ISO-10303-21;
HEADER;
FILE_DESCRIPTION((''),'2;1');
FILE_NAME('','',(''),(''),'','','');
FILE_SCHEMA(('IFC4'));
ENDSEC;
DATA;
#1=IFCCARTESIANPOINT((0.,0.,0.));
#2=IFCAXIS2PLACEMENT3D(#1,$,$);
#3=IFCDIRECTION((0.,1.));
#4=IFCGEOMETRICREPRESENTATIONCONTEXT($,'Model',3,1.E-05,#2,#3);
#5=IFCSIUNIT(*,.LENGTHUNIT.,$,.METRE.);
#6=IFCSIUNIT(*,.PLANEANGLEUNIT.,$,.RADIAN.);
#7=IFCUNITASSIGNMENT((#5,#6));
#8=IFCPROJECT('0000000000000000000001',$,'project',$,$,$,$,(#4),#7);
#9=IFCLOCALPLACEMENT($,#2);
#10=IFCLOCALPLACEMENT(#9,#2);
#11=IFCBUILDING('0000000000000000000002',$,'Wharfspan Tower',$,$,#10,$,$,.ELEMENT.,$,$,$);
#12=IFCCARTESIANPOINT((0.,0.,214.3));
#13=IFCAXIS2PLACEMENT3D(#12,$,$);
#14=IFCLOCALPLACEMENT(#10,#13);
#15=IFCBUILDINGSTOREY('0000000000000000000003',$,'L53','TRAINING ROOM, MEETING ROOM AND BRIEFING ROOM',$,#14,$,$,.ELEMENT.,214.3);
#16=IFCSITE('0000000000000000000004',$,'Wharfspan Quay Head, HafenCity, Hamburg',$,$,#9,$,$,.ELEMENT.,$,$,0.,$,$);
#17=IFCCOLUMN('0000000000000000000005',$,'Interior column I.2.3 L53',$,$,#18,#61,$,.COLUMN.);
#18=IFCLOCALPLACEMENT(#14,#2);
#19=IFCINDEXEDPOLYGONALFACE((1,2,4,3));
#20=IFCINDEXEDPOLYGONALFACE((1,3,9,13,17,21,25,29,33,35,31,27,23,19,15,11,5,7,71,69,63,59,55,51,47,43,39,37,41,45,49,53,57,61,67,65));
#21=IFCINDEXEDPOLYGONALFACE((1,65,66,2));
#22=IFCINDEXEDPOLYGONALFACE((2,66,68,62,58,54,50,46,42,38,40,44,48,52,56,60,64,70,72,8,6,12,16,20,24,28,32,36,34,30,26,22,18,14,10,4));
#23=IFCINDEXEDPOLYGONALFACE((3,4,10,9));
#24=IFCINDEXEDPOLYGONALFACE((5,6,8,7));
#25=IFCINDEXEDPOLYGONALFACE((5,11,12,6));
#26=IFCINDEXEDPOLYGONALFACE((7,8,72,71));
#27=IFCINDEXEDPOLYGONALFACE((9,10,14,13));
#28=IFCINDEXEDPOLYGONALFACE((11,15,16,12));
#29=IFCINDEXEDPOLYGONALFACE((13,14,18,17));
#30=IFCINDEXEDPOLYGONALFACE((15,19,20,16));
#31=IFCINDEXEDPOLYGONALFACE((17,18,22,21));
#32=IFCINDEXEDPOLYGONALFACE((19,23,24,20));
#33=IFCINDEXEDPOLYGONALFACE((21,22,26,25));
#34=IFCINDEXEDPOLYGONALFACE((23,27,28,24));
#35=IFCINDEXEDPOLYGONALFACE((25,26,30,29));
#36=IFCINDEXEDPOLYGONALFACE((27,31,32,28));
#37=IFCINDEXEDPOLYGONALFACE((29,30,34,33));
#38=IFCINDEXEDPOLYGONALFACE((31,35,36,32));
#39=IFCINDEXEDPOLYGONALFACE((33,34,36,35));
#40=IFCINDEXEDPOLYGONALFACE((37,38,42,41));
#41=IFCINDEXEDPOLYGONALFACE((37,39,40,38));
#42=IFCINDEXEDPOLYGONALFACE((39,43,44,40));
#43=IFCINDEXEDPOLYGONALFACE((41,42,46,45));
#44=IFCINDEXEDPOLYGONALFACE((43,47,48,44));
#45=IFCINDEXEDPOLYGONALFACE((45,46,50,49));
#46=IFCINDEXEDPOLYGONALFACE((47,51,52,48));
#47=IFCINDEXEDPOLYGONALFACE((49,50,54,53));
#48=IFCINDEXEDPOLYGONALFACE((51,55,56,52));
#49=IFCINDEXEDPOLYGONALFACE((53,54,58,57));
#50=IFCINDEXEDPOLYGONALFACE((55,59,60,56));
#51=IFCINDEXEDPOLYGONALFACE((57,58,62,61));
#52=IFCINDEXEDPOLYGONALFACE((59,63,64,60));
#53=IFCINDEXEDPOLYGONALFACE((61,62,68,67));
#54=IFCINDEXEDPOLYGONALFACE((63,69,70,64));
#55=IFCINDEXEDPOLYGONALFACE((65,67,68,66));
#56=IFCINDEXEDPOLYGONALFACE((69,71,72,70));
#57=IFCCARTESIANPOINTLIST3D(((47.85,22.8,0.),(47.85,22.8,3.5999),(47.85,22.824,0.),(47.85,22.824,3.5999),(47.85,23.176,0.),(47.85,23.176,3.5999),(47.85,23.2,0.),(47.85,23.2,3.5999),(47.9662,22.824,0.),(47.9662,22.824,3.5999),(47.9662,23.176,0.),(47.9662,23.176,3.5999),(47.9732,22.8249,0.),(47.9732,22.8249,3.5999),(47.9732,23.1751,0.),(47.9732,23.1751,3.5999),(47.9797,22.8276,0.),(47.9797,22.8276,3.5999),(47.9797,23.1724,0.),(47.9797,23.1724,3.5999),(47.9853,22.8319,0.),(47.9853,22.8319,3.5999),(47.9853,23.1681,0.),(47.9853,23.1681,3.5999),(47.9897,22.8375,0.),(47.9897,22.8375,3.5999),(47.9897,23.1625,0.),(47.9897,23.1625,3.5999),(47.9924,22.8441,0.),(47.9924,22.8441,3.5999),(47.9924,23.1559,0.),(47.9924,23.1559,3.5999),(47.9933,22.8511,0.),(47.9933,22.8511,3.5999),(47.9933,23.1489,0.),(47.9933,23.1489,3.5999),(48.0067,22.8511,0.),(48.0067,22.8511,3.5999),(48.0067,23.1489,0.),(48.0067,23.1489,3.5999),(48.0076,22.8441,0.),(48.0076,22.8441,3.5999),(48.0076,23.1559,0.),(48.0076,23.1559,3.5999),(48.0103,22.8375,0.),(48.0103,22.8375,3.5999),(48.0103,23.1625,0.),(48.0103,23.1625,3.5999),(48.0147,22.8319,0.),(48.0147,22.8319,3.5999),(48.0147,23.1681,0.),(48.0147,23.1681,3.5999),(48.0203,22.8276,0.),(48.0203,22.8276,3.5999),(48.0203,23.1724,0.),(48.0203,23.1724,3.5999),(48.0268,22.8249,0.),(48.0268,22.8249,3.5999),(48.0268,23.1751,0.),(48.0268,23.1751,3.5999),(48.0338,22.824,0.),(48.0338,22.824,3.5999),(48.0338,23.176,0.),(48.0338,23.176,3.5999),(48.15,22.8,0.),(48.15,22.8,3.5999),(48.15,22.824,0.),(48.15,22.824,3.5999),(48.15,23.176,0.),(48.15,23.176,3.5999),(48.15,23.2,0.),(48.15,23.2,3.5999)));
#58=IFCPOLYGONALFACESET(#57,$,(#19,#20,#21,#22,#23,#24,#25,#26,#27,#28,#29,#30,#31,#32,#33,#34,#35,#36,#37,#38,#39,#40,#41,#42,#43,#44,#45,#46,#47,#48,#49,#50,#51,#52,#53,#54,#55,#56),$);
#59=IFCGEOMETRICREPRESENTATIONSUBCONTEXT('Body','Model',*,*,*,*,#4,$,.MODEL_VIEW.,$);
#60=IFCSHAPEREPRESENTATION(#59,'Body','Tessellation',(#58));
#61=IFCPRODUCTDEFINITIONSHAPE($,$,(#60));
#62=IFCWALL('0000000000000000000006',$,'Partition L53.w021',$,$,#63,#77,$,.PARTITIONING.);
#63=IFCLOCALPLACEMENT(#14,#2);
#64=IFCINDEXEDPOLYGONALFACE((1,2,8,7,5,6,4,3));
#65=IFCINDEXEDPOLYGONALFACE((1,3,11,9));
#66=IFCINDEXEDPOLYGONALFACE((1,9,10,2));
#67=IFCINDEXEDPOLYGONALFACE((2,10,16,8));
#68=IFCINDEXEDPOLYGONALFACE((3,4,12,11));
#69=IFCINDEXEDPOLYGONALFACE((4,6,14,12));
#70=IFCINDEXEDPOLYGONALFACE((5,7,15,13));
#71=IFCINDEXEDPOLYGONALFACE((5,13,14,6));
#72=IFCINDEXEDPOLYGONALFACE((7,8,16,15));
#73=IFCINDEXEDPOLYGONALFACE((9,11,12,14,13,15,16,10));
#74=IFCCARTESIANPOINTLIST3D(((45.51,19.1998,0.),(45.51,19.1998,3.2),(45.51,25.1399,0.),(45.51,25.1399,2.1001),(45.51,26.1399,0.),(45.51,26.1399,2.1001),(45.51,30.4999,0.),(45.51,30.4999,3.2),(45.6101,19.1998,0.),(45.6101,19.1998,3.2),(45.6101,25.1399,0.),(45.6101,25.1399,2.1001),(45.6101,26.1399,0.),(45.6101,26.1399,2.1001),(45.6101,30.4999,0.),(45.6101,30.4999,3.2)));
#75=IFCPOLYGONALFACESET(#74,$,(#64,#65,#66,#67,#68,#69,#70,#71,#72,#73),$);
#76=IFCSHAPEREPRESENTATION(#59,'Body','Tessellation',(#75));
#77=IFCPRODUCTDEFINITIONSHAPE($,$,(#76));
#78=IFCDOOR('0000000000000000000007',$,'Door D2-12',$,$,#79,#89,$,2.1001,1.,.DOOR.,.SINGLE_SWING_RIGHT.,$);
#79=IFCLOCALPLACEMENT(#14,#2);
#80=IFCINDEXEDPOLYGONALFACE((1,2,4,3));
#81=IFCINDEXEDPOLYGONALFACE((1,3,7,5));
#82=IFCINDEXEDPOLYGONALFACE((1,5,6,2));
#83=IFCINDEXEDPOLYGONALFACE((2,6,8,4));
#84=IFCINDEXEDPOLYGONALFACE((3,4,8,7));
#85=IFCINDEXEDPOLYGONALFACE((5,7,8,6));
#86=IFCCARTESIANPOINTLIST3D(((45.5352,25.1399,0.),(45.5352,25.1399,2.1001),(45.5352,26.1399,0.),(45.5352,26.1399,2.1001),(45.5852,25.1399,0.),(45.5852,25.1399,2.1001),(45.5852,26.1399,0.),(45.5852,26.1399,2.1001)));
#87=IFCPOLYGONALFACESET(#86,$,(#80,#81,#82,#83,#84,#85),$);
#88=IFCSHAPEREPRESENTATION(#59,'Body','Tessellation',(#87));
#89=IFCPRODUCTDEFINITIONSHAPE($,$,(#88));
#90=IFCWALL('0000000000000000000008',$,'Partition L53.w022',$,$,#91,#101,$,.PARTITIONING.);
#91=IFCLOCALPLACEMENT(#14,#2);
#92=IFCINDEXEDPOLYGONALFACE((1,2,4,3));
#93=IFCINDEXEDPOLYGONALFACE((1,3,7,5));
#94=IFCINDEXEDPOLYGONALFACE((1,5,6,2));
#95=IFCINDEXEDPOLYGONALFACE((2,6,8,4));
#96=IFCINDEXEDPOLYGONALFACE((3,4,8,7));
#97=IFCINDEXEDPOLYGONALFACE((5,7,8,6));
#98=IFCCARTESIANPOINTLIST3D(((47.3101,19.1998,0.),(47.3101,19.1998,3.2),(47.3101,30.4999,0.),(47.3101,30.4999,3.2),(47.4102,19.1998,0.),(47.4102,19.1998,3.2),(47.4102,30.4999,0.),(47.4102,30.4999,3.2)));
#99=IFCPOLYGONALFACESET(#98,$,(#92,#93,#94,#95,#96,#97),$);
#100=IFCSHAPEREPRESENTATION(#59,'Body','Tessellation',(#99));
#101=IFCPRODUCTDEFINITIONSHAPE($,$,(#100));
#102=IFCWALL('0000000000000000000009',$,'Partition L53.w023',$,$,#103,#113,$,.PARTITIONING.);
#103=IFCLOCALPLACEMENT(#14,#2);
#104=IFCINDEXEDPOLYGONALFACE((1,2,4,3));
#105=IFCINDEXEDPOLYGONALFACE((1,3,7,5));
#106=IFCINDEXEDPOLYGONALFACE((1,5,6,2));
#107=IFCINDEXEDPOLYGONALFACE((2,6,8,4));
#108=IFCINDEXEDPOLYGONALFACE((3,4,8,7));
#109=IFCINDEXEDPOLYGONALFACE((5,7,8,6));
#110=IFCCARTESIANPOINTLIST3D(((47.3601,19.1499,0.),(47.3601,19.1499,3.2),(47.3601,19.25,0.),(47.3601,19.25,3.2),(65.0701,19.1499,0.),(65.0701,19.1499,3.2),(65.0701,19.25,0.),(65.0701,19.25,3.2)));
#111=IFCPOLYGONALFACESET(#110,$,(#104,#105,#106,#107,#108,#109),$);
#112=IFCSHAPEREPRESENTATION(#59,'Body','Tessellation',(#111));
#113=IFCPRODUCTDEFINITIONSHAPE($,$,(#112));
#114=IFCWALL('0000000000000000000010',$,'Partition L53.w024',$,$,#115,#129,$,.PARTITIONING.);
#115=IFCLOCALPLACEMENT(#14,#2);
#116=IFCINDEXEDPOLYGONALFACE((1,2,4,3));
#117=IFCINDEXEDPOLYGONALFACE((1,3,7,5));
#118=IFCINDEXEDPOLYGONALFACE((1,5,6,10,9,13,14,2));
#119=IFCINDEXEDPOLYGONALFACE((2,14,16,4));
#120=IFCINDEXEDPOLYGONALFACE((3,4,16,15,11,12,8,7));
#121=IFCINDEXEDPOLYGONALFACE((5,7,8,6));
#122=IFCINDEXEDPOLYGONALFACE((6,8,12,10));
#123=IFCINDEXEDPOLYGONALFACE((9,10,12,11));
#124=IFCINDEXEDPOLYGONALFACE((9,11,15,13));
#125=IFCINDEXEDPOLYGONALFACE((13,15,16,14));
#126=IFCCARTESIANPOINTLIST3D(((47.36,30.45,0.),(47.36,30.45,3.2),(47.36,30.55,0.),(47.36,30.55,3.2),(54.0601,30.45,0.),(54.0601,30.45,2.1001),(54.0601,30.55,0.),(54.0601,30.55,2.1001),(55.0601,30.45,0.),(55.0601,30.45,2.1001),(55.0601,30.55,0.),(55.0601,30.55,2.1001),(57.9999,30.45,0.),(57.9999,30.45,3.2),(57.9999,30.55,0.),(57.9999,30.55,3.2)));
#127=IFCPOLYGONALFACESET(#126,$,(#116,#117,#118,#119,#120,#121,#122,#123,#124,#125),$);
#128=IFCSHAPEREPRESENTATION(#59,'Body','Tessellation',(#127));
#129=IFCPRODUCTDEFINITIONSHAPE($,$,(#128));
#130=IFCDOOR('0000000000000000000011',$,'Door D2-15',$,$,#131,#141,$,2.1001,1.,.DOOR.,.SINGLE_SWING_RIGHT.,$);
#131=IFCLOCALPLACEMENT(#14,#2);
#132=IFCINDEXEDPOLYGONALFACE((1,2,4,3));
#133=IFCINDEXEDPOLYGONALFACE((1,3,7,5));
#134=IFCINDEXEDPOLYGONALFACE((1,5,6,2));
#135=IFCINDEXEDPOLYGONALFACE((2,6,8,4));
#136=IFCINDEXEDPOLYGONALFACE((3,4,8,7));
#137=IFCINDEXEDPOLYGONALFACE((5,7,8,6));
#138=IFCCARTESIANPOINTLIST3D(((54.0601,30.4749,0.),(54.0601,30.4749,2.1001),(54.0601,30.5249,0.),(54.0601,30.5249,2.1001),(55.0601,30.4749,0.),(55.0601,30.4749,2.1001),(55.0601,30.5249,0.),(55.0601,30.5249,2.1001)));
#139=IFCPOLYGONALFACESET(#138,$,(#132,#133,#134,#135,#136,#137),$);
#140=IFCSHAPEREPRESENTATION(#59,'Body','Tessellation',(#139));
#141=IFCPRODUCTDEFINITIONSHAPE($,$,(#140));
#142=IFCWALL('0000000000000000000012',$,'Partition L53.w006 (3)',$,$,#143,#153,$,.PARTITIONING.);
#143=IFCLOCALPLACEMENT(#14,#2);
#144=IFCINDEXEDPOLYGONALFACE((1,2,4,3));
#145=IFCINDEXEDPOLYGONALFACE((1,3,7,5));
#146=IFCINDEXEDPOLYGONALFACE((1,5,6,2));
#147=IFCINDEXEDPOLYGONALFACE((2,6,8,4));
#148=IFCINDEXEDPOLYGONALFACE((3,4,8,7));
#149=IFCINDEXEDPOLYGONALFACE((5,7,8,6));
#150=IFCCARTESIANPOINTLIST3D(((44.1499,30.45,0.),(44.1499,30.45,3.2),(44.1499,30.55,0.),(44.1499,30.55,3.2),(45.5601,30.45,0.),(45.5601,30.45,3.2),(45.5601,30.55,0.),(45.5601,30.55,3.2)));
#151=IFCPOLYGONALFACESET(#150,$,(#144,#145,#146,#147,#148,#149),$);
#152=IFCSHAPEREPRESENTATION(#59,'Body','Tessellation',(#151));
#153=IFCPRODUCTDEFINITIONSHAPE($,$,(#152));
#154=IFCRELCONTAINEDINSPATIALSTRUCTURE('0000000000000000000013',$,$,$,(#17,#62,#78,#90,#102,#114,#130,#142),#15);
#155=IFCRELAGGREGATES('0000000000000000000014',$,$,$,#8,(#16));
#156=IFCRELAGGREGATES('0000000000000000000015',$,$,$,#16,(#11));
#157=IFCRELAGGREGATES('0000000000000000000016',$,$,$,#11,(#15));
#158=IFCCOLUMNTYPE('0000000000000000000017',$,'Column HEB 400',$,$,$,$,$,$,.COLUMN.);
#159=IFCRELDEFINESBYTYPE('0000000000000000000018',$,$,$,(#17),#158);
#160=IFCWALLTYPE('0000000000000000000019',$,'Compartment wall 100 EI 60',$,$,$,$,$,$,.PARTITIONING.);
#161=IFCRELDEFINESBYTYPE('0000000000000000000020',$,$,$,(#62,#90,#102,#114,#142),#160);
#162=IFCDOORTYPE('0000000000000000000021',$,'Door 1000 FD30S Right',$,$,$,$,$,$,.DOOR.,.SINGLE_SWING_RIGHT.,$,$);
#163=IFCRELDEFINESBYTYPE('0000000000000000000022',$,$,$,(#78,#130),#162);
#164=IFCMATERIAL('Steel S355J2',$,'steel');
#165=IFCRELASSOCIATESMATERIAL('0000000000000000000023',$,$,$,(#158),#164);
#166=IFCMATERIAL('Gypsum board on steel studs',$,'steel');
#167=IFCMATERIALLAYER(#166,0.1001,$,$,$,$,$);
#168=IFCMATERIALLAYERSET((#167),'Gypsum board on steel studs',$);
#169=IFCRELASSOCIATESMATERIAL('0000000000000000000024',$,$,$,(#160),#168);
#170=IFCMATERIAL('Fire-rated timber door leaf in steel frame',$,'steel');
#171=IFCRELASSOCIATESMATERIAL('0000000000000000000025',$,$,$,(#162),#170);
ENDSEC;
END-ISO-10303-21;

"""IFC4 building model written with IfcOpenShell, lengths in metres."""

from ifc_helpers import new_model, si_unit, direction, frame, frame_2d, origin, origin_2d, place, context, subcontext, project, spatial, rectangle, i_section, extrude, material, layer, layer_set, material_profile, profile_set, type_object, element, fill, save


model = new_model("IFC4")

# Units and contexts
model_context = context("Model", 3, precision=1e-05, world=origin(), true_north=direction((0.0, 1.0)))
body_context = subcontext(model_context, "Body", "Model", "MODEL_VIEW")
ifc_project = project(units=[si_unit("LENGTHUNIT", "METRE"), si_unit("PLANEANGLEUNIT", "RADIAN")], contexts=[model_context])

# Site, building, storey
site_placement = place(None, origin())
site = spatial("IfcSite", under=ifc_project, at=site_placement, Name="Wharfspan Quay Head, HafenCity, Hamburg", CompositionType="ELEMENT", RefElevation=0.0)
building_placement = place(site_placement, origin())
building = spatial("IfcBuilding", under=site, at=building_placement, Name="Wharfspan Tower", CompositionType="ELEMENT")
storey_placement = place(building_placement, frame((0.0, 0.0, 214.3)))
storey = spatial("IfcBuildingStorey", under=building, at=storey_placement, Name="L53", Description="TRAINING ROOM, MEETING ROOM AND BRIEFING ROOM", CompositionType="ELEMENT", Elevation=214.3)

# Column
ifc_material_1 = material(Name="Steel S355J2", Category="steel")
ifc_material_profile = material_profile(ifc_material_1, i_section(OverallWidth=0.3, OverallDepth=0.3999, WebThickness=0.0134, FlangeThickness=0.0239, FilletRadius=0.0271, at=origin_2d()))
ifc_profile_set = profile_set([ifc_material_profile], Name="Steel S355J2")
column_type = type_object("IfcColumnType", Name="Column HEB 400", PredefinedType="COLUMN", material=ifc_profile_set)
column_placement = place(storey_placement, frame((48.0, 23.0, 0.0), z_axis=(0.0, 0.0, 1.0), x_axis=(1.0, 0.0, 0.0)))
element("IfcColumn", 1, at=column_placement, inside=storey, type_object=column_type, Name="Interior column I.2.3 L53", PredefinedType="COLUMN", context=body_context, shape_type="SweptSolid", body=[
    extrude(i_section(OverallWidth=0.3, OverallDepth=0.3999, WebThickness=0.0134, FlangeThickness=0.0239, FilletRadius=0.0271, at=origin_2d()), origin(), (0.0, 0.0, 1.0), 3.5999),
])

# Wall, opening, door
ifc_material_2 = material(Name="Gypsum board on steel studs", Category="steel")
ifc_layer_1 = layer(ifc_material_2, 0.1001)
ifc_layer_set_1 = layer_set([ifc_layer_1], Name="Gypsum board on steel studs")
wall_type_1 = type_object("IfcWallType", Name="Compartment wall 100 EI 60", PredefinedType="PARTITIONING", material=ifc_layer_set_1)
wall_1_placement = place(storey_placement, frame((45.5601, 19.2, 0.0), z_axis=(0.0, 0.0, 1.0), x_axis=(0.0, 1.0, 0.0)))
wall_1 = element("IfcWall", 2, at=wall_1_placement, inside=storey, type_object=wall_type_1, Name="Partition L53.w021", PredefinedType="PARTITIONING", context=body_context, shape_type="SweptSolid", body=[
    extrude(rectangle(XDim=11.3, YDim=0.1001, at=frame_2d((5.6499, 0.0))), origin(), (0.0, 0.0, 1.0), 3.2),
])
opening_1_placement = place(wall_1_placement, frame((5.9399, 0.0, 0.0)))
opening_1 = element("IfcOpeningElement", 3, at=opening_1_placement, cuts=wall_1, PredefinedType="OPENING", context=body_context, shape_type="SweptSolid", body=[
    extrude(rectangle(XDim=1.0, YDim=2.1001, at=frame_2d((0.5, 1.05))), frame((0.0, 0.0601, 0.0), z_axis=(0.0, -1.0, 0.0), x_axis=(1.0, 0.0, 0.0)), (0.0, 0.0, 1.0), 0.1201),
])
ifc_material_3 = material(Name="Fire-rated timber door leaf in steel frame", Category="steel")
door_type_1 = type_object("IfcDoorType", Name="Door 1000 FD30S Right", OperationType="SINGLE_SWING_RIGHT", PredefinedType="DOOR", material=ifc_material_3)
door_1_placement = place(opening_1_placement, origin())
door_1 = element("IfcDoor", 4, at=door_1_placement, inside=storey, type_object=door_type_1, Name="Door D2-12", OperationType="SINGLE_SWING_RIGHT", OverallHeight=2.1001, OverallWidth=1.0, PredefinedType="DOOR", context=body_context, shape_type="SweptSolid", body=[
    extrude(rectangle(XDim=1.0, YDim=2.1001, at=frame_2d((0.5, 1.05))), frame((0.0, 0.0249, 0.0), z_axis=(0.0, -1.0, 0.0), x_axis=(1.0, 0.0, 0.0)), (0.0, 0.0, 1.0), 0.05),
])
fill(opening_1, door_1)

# Walls
wall_2_placement = place(storey_placement, frame((47.3601, 19.2, 0.0), z_axis=(0.0, 0.0, 1.0), x_axis=(0.0, 1.0, 0.0)))
element("IfcWall", 5, at=wall_2_placement, inside=storey, type_object=wall_type_1, Name="Partition L53.w022", PredefinedType="PARTITIONING", context=body_context, shape_type="SweptSolid", body=[
    extrude(rectangle(XDim=11.3, YDim=0.1001, at=frame_2d((5.6499, 0.0))), origin(), (0.0, 0.0, 1.0), 3.2),
])
wall_3_placement = place(storey_placement, frame((47.3601, 19.2, 0.0), z_axis=(0.0, 0.0, 1.0), x_axis=(1.0, 0.0, 0.0)))
element("IfcWall", 6, at=wall_3_placement, inside=storey, type_object=wall_type_1, Name="Partition L53.w023", PredefinedType="PARTITIONING", context=body_context, shape_type="SweptSolid", body=[
    extrude(rectangle(XDim=17.71, YDim=0.1001, at=frame_2d((8.855, 0.0))), origin(), (0.0, 0.0, 1.0), 3.2),
])

# Wall, opening, door
wall_4_placement = place(storey_placement, frame((47.3601, 30.5, 0.0), z_axis=(0.0, 0.0, 1.0), x_axis=(1.0, 0.0, 0.0)))
wall_4 = element("IfcWall", 7, at=wall_4_placement, inside=storey, type_object=wall_type_1, Name="Partition L53.w024", PredefinedType="PARTITIONING", context=body_context, shape_type="SweptSolid", body=[
    extrude(rectangle(XDim=10.6399, YDim=0.1001, at=frame_2d((5.3198, 0.0))), origin(), (0.0, 0.0, 1.0), 3.2),
])
opening_2_placement = place(wall_4_placement, frame((6.7, 0.0, 0.0)))
opening_2 = element("IfcOpeningElement", 8, at=opening_2_placement, cuts=wall_4, PredefinedType="OPENING", context=body_context, shape_type="SweptSolid", body=[
    extrude(rectangle(XDim=1.0, YDim=2.1001, at=frame_2d((0.5, 1.05))), frame((0.0, 0.0601, 0.0), z_axis=(0.0, -1.0, 0.0), x_axis=(1.0, 0.0, 0.0)), (0.0, 0.0, 1.0), 0.1201),
])
door_2_placement = place(opening_2_placement, origin())
door_2 = element("IfcDoor", 9, at=door_2_placement, inside=storey, type_object=door_type_1, Name="Door D2-15", OperationType="SINGLE_SWING_RIGHT", OverallHeight=2.1001, OverallWidth=1.0, PredefinedType="DOOR", context=body_context, shape_type="SweptSolid", body=[
    extrude(rectangle(XDim=1.0, YDim=2.1001, at=frame_2d((0.5, 1.05))), frame((0.0, 0.0249, 0.0), z_axis=(0.0, -1.0, 0.0), x_axis=(1.0, 0.0, 0.0)), (0.0, 0.0, 1.0), 0.05),
])
fill(opening_2, door_2)

# Wall
wall_5_placement = place(storey_placement, frame((44.1499, 30.5, 0.0), z_axis=(0.0, 0.0, 1.0), x_axis=(1.0, 0.0, 0.0)))
element("IfcWall", 10, at=wall_5_placement, inside=storey, type_object=wall_type_1, Name="Partition L53.w006 (3)", PredefinedType="PARTITIONING", context=body_context, shape_type="SweptSolid", body=[
    extrude(rectangle(XDim=1.4102, YDim=0.1001, at=frame_2d((0.7051, 0.0))), origin(), (0.0, 0.0, 1.0), 3.2),
])

save(model, "model.ifc")
